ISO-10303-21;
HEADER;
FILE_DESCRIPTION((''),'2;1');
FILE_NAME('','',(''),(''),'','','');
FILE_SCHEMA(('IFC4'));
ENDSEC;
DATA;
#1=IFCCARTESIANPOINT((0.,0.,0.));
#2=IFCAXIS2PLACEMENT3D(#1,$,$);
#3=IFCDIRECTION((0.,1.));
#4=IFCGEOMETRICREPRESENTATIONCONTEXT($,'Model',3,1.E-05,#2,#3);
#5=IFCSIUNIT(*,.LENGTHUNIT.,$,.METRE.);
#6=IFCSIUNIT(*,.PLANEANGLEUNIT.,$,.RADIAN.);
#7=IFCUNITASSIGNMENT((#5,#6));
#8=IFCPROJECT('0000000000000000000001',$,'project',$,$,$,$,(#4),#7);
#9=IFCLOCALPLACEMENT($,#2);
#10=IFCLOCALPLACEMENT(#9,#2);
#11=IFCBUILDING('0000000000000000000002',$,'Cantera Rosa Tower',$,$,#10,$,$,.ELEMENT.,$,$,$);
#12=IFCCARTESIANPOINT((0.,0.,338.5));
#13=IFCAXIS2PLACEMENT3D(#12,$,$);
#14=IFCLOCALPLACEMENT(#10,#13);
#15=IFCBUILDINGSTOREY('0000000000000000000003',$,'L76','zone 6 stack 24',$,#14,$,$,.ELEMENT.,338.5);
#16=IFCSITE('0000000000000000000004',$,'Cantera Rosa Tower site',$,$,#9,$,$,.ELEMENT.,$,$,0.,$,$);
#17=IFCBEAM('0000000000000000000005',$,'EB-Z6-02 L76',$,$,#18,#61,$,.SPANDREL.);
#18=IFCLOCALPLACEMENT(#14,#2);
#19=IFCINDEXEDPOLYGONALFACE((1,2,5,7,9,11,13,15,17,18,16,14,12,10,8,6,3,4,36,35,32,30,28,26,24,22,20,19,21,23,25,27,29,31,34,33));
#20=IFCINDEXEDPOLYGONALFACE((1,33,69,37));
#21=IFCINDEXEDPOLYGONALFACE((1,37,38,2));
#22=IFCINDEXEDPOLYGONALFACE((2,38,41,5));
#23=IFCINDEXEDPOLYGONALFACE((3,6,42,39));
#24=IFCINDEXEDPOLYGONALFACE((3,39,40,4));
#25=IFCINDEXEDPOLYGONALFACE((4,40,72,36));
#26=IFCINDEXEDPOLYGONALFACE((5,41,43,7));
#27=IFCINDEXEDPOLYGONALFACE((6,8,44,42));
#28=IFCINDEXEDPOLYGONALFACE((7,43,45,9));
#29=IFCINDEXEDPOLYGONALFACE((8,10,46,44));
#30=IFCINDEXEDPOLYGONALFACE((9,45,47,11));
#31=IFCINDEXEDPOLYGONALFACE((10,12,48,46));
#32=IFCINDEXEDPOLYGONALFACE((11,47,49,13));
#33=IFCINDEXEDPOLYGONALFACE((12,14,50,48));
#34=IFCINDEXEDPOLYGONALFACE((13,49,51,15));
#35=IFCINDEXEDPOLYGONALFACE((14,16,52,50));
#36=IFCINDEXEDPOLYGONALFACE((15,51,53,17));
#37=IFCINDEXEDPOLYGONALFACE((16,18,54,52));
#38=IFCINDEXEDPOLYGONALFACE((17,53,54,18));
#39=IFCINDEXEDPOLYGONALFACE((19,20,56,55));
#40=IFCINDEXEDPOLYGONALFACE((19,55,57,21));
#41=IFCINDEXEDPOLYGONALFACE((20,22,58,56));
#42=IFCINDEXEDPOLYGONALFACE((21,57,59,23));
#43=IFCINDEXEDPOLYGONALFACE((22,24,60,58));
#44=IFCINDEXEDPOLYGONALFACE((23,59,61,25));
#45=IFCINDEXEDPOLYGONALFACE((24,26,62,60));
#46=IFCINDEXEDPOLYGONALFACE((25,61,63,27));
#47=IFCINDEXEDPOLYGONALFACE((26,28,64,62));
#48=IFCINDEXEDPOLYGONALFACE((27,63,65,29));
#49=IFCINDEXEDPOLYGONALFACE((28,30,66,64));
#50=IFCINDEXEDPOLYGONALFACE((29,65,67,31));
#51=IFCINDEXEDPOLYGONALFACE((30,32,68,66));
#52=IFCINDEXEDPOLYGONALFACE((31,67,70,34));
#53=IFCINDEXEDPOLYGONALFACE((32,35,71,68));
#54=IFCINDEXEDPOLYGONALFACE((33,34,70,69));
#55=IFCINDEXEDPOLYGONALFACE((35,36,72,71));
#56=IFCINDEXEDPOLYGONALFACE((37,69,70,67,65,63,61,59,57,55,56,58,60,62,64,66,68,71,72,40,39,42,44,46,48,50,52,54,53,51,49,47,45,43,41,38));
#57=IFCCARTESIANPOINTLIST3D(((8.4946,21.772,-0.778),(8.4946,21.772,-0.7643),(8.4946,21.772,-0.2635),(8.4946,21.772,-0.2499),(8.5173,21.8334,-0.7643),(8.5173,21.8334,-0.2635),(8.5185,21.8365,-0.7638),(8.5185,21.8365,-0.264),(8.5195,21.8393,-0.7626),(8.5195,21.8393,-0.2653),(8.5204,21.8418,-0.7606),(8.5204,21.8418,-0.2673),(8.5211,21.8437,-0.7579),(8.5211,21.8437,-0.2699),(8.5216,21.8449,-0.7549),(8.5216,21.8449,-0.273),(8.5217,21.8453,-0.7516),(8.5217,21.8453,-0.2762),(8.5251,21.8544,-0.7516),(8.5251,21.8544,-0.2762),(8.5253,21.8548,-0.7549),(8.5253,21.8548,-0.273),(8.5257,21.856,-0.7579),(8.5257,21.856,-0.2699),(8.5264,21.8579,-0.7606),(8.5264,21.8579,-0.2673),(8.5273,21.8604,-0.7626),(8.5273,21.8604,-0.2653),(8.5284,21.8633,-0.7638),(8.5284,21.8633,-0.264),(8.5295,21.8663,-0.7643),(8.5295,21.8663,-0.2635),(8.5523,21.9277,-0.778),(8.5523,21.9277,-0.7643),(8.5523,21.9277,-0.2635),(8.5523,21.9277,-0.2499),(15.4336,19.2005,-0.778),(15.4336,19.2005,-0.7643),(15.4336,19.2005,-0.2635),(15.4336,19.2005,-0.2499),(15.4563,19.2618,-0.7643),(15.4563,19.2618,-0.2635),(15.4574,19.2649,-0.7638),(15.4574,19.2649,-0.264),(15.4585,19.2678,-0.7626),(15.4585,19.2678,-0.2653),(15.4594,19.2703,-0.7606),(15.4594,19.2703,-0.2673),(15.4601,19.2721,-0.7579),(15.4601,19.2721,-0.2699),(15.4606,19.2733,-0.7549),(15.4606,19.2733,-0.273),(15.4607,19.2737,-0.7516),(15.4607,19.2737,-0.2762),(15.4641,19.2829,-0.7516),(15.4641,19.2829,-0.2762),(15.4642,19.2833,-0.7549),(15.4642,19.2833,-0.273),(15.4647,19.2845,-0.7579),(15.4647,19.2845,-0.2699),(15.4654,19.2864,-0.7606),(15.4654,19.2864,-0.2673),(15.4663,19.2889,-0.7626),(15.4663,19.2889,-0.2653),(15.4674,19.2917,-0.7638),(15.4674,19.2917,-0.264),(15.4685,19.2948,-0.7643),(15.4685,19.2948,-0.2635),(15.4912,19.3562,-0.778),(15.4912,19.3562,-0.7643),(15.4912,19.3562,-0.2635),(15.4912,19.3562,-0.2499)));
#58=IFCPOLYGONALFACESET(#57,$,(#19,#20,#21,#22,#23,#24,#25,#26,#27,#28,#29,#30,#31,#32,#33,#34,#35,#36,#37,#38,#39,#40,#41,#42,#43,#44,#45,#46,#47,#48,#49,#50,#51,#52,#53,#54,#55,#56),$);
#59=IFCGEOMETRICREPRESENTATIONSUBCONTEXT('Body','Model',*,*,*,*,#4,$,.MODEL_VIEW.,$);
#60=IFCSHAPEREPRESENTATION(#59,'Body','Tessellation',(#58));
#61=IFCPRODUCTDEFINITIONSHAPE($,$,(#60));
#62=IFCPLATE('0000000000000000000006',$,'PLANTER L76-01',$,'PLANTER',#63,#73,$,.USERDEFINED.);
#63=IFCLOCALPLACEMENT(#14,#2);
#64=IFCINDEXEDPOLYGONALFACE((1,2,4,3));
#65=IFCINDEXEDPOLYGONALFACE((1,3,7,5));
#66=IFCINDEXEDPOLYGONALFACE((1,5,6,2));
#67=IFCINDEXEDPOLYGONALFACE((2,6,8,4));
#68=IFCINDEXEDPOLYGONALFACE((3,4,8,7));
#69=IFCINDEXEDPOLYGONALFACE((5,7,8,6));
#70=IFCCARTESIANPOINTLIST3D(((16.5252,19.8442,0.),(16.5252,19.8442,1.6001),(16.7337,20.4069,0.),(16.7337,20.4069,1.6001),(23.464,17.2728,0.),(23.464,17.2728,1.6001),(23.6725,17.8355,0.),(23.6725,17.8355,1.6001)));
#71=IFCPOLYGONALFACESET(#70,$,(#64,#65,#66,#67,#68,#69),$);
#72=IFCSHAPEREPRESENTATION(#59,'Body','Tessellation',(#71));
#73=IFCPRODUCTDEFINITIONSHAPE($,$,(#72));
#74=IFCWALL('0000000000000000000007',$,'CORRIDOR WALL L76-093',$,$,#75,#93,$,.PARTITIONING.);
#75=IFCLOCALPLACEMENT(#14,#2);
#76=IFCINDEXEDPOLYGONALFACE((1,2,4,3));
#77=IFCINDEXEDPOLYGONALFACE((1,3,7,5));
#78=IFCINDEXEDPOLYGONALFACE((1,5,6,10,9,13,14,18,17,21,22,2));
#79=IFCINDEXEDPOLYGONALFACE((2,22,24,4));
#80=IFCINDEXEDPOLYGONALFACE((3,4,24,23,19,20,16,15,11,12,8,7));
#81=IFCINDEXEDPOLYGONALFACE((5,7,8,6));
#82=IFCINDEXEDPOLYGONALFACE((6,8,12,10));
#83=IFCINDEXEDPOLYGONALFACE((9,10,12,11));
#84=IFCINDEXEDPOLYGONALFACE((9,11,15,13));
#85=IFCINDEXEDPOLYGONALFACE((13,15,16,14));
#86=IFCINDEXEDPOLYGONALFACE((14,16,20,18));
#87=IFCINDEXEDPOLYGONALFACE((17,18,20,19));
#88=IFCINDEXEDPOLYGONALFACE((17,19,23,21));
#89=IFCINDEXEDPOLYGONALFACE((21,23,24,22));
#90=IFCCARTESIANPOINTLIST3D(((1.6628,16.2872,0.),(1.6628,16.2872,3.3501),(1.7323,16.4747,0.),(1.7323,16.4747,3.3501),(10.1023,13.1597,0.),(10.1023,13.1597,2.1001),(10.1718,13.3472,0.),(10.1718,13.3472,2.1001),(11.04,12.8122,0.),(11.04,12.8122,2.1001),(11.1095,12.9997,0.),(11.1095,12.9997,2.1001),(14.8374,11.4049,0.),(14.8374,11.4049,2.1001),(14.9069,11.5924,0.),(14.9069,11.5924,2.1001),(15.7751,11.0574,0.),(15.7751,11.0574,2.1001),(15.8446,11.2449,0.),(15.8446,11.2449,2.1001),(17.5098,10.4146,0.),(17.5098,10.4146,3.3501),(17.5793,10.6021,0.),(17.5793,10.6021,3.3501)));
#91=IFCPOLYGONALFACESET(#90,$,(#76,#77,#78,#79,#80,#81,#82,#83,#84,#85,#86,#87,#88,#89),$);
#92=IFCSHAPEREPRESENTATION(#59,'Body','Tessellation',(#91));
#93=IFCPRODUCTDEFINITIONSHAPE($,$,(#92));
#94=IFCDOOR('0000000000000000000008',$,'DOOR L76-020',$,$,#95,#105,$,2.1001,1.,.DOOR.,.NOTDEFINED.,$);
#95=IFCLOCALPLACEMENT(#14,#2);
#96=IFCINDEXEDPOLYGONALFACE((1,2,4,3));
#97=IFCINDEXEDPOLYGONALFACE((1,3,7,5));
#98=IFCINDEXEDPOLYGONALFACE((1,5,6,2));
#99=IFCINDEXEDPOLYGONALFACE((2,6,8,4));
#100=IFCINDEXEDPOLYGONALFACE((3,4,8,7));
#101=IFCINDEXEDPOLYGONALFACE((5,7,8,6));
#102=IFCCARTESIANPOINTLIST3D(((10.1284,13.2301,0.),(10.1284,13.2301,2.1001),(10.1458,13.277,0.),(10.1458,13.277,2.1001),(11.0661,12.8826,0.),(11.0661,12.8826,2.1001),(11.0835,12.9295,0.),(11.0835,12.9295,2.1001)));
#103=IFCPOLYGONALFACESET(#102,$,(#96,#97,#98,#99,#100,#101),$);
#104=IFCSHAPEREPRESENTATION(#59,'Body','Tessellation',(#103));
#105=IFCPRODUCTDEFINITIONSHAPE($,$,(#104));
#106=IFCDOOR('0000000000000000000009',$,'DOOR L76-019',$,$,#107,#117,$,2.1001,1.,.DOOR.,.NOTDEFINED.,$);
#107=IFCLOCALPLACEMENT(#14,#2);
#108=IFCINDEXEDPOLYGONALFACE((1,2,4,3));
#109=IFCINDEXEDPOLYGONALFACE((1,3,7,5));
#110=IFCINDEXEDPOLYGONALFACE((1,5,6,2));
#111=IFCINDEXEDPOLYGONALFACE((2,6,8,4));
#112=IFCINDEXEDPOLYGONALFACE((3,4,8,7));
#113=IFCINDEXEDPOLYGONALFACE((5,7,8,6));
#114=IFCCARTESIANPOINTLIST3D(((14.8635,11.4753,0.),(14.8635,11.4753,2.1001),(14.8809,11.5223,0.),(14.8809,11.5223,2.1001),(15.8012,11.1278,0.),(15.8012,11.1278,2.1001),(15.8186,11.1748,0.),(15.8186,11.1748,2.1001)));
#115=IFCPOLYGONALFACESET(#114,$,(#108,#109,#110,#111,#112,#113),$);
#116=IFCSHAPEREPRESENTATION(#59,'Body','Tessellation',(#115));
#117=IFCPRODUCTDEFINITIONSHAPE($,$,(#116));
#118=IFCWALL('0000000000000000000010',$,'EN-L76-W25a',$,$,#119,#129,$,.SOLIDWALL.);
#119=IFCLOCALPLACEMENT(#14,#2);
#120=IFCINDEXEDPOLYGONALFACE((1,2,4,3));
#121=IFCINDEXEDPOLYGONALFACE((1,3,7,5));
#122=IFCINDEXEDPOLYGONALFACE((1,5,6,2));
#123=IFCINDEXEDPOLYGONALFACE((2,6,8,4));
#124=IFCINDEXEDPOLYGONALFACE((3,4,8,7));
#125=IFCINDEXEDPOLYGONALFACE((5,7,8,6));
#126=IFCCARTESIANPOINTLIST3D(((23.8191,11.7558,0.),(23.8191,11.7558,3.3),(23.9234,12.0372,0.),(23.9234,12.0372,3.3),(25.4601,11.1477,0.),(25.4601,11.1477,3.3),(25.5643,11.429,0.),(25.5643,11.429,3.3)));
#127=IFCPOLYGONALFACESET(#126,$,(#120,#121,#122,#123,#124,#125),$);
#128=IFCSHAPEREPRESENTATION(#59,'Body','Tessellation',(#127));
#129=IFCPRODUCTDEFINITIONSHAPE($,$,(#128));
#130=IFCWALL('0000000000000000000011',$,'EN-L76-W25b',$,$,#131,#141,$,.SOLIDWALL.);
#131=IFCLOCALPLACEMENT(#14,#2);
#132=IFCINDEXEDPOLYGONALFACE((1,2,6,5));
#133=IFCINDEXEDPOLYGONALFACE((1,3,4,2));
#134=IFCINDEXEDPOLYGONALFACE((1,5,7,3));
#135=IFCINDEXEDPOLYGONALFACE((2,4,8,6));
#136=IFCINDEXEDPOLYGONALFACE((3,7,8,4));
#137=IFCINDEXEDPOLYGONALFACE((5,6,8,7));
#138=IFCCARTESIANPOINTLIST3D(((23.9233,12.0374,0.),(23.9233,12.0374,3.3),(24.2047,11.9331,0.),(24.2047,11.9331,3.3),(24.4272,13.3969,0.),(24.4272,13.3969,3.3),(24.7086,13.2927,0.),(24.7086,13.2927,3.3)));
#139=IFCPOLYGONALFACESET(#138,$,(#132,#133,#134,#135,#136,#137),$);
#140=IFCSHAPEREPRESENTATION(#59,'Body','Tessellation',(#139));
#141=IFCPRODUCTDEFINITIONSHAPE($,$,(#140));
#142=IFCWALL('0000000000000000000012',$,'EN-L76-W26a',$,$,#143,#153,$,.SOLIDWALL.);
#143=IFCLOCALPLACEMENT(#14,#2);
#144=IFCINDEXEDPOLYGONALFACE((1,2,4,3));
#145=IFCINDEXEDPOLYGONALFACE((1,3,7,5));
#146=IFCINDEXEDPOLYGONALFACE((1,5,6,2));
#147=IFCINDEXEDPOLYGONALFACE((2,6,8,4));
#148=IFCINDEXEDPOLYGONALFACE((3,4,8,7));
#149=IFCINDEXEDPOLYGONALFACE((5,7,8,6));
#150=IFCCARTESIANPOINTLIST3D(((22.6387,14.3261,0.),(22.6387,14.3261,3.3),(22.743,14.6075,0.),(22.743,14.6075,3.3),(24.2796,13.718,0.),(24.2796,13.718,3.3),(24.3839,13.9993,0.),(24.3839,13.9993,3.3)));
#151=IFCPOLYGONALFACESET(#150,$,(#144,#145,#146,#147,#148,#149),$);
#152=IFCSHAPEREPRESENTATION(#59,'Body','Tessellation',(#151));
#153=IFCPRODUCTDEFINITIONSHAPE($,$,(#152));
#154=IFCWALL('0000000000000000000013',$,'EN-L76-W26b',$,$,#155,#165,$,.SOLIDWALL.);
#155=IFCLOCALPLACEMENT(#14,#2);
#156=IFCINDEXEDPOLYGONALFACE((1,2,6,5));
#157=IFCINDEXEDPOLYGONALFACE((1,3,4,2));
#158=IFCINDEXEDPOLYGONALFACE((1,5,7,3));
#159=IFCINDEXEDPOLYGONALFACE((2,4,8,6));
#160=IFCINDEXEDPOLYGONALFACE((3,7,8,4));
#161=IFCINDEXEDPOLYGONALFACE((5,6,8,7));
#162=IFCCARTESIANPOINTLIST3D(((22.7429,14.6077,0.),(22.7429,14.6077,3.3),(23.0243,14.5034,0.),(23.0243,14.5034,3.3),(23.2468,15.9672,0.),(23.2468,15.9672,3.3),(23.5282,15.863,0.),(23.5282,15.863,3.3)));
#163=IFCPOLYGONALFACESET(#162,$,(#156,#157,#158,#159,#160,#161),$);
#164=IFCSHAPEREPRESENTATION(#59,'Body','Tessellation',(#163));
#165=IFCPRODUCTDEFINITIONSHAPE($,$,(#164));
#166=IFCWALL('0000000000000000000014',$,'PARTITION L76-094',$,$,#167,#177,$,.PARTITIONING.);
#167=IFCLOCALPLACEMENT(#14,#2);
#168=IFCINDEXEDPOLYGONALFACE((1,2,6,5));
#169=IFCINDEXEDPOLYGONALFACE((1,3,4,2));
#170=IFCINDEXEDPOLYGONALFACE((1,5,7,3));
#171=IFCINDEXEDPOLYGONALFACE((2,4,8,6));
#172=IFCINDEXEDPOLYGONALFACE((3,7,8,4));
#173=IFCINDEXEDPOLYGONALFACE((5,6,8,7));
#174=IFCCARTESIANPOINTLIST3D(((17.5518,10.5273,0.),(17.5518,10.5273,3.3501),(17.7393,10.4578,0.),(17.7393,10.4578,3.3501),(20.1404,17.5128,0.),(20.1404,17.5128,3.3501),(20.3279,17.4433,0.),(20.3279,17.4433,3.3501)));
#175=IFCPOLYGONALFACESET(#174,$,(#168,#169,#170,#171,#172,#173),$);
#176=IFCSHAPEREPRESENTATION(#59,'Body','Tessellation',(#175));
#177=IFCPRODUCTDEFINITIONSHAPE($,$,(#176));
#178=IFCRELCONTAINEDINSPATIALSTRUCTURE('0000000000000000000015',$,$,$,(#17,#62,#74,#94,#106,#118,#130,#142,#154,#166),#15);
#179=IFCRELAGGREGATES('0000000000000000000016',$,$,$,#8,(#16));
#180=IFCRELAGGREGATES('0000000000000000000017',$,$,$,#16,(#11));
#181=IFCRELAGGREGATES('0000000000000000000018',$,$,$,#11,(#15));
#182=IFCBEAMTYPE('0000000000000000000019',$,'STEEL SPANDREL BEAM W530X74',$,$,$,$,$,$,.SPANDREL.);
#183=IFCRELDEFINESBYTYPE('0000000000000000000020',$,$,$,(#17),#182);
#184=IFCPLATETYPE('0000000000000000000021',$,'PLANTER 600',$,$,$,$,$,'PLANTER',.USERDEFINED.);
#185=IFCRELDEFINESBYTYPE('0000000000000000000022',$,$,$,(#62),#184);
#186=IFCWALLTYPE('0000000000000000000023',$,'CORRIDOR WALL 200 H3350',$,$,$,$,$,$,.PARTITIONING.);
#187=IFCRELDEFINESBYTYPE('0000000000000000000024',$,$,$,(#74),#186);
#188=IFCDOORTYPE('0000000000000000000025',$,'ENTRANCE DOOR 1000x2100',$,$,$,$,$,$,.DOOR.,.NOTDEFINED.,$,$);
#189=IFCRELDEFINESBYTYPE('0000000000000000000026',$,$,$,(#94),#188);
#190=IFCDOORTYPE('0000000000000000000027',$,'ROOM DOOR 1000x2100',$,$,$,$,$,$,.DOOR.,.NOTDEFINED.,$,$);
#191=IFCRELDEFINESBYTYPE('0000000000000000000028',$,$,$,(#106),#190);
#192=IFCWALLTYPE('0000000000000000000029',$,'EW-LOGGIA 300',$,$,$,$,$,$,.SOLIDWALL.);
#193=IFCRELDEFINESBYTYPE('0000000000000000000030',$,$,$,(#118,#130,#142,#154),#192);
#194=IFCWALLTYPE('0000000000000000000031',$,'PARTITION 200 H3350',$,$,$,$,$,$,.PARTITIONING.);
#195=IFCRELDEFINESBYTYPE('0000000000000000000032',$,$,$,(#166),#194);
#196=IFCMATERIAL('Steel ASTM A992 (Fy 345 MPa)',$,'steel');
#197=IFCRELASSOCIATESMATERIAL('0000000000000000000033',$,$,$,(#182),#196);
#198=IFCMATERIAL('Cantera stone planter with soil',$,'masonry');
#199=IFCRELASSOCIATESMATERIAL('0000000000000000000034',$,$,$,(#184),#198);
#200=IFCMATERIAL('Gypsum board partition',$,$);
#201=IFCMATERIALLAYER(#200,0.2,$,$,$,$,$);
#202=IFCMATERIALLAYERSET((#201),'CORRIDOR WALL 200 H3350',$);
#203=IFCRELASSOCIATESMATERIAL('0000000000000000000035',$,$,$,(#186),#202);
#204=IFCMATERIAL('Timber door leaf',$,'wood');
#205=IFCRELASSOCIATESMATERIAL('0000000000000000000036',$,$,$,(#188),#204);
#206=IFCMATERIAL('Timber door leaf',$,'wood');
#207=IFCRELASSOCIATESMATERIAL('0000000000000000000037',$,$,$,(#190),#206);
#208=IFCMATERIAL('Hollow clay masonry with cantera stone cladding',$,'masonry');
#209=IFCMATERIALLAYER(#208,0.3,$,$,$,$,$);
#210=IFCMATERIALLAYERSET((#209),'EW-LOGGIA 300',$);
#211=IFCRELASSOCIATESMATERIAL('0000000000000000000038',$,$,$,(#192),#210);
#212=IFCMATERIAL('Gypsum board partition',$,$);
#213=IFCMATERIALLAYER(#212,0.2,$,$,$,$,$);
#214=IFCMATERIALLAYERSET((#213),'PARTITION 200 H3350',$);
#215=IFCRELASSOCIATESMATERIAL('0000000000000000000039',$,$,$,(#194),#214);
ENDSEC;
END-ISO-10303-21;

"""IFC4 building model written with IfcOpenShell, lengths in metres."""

from ifc_helpers import new_model, si_unit, direction, frame, frame_2d, origin, origin_2d, place, context, subcontext, project, spatial, rectangle, i_section, extrude, material, layer, layer_set, material_profile, profile_set, type_object, element, fill, save


model = new_model("IFC4")

# Units and contexts
model_context = context("Model", 3, precision=1e-05, world=origin(), true_north=direction((0.0, 1.0)))
body_context = subcontext(model_context, "Body", "Model", "MODEL_VIEW")
ifc_project = project(units=[si_unit("LENGTHUNIT", "METRE"), si_unit("PLANEANGLEUNIT", "RADIAN")], contexts=[model_context])

# Site, building, storey
site_placement = place(None, origin())
site = spatial("IfcSite", under=ifc_project, at=site_placement, Name="Cantera Rosa Tower site", CompositionType="ELEMENT", RefElevation=0.0)
building_placement = place(site_placement, origin())
building = spatial("IfcBuilding", under=site, at=building_placement, Name="Cantera Rosa Tower", CompositionType="ELEMENT")
storey_placement = place(building_placement, frame((0.0, 0.0, 338.5)))
storey = spatial("IfcBuildingStorey", under=building, at=storey_placement, Name="L76", Description="zone 6 stack 24", CompositionType="ELEMENT", Elevation=338.5)

# Beam
ifc_material_1 = material(Name="Steel ASTM A992 (Fy 345 MPa)", Category="steel")
ifc_material_profile_1 = material_profile(ifc_material_1, i_section(OverallWidth=0.166, OverallDepth=0.5281, WebThickness=0.0098, FlangeThickness=0.0137, FilletRadius=0.0127, at=origin_2d()), Name="W530X74")
ifc_profile_set_1 = profile_set([ifc_material_profile_1], Name="Steel ASTM A992 (Fy 345 MPa)")
beam_type_1 = type_object("IfcBeamType", Name="STEEL SPANDREL BEAM W530X74", PredefinedType="SPANDREL", material=ifc_profile_set_1)
beam_1_placement = place(storey_placement, frame((15.4624, 19.2783, -0.5139), z_axis=(-0.937681, 0.347498, 0.0), x_axis=(-0.347498, -0.937681, 0.0)))
element("IfcBeam", 1, at=beam_1_placement, inside=storey, type_object=beam_type_1, Name="EB-Z6-02 L76", PredefinedType="SPANDREL", context=body_context, shape_type="SweptSolid", body=[
    extrude(i_section(OverallWidth=0.166, OverallDepth=0.5281, WebThickness=0.0098, FlangeThickness=0.0137, FilletRadius=0.0127, at=origin_2d()), origin(), (0.0, 0.0, 1.0), 7.4001),
])

# Plate
ifc_material_2 = material(Name="Cantera stone planter with soil", Category="masonry")
plate_type = type_object("IfcPlateType", Name="PLANTER 600", ElementType="PLANTER", PredefinedType="USERDEFINED", material=ifc_material_2)
plate_placement = place(storey_placement, frame((20.0989, 18.8398, 0.0), z_axis=(0.0, 0.0, 1.0), x_axis=(-0.937687, 0.347481, 0.0)))
element("IfcPlate", 2, at=plate_placement, inside=storey, type_object=plate_type, Name="PLANTER L76-01", ObjectType="PLANTER", PredefinedType="USERDEFINED", context=body_context, shape_type="SweptSolid", body=[
    extrude(rectangle(XDim=7.3999, YDim=0.6001, at=origin_2d()), origin(), (0.0, 0.0, 1.0), 1.6001),
])

# Wall, openings, doors
ifc_material_3 = material(Name="Gypsum board partition")
ifc_layer_1 = layer(ifc_material_3, 0.2)
ifc_layer_set_1 = layer_set([ifc_layer_1], Name="CORRIDOR WALL 200 H3350")
wall_type_1 = type_object("IfcWallType", Name="CORRIDOR WALL 200 H3350", PredefinedType="PARTITIONING", material=ifc_layer_set_1)
wall_1_placement = place(storey_placement, frame((17.5447, 10.5083, 0.0), z_axis=(0.0, 0.0, 1.0), x_axis=(-0.937685, 0.347487, 0.0)))
wall_1 = element("IfcWall", 3, at=wall_1_placement, inside=storey, type_object=wall_type_1, Name="CORRIDOR WALL L76-093", PredefinedType="PARTITIONING", context=body_context, shape_type="SweptSolid", body=[
    extrude(rectangle(XDim=16.9001, YDim=0.2, at=frame_2d((8.4502, 0.0))), origin(), (0.0, 0.0, 1.0), 3.3501),
])
opening_1_placement = place(wall_1_placement, frame((1.8501, 0.0, 0.0)))
opening_1 = element("IfcOpeningElement", 4, at=opening_1_placement, cuts=wall_1, PredefinedType="OPENING", context=body_context, shape_type="SweptSolid", body=[
    extrude(rectangle(XDim=1.0, YDim=2.1001, at=frame_2d((0.5, 1.05))), frame((0.0, 0.1099, 0.0), z_axis=(0.0, -1.0, 0.0), x_axis=(1.0, 0.0, 0.0)), (0.0, 0.0, 1.0), 0.22),
])
opening_2_placement = place(wall_1_placement, frame((6.8999, 0.0, 0.0)))
opening_2 = element("IfcOpeningElement", 5, at=opening_2_placement, cuts=wall_1, PredefinedType="OPENING", context=body_context, shape_type="SweptSolid", body=[
    extrude(rectangle(XDim=1.0, YDim=2.1001, at=frame_2d((0.5, 1.05))), frame((0.0, 0.1099, 0.0), z_axis=(0.0, -1.0, 0.0), x_axis=(1.0, 0.0, 0.0)), (0.0, 0.0, 1.0), 0.22),
])
ifc_material_4 = material(Name="Timber door leaf", Category="wood")
door_type_1 = type_object("IfcDoorType", Name="ENTRANCE DOOR 1000x2100", OperationType="NOTDEFINED", PredefinedType="DOOR", material=ifc_material_4)
door_1_placement = place(opening_2_placement, origin())
door_1 = element("IfcDoor", 6, at=door_1_placement, inside=storey, type_object=door_type_1, Name="DOOR L76-020", OperationType="NOTDEFINED", OverallHeight=2.1001, OverallWidth=1.0, PredefinedType="DOOR", context=body_context, shape_type="SweptSolid", body=[
    extrude(rectangle(XDim=1.0, YDim=2.1001, at=frame_2d((0.5, 1.05))), frame((0.0, 0.0249, 0.0), z_axis=(0.0, -1.0, 0.0), x_axis=(1.0, 0.0, 0.0)), (0.0, 0.0, 1.0), 0.05),
])
fill(opening_2, door_1)
ifc_material_5 = material(Name="Timber door leaf", Category="wood")
door_type_2 = type_object("IfcDoorType", Name="ROOM DOOR 1000x2100", OperationType="NOTDEFINED", PredefinedType="DOOR", material=ifc_material_5)
door_2_placement = place(opening_1_placement, origin())
door_2 = element("IfcDoor", 7, at=door_2_placement, inside=storey, type_object=door_type_2, Name="DOOR L76-019", OperationType="NOTDEFINED", OverallHeight=2.1001, OverallWidth=1.0, PredefinedType="DOOR", context=body_context, shape_type="SweptSolid", body=[
    extrude(rectangle(XDim=1.0, YDim=2.1001, at=frame_2d((0.5, 1.05))), frame((0.0, 0.0249, 0.0), z_axis=(0.0, -1.0, 0.0), x_axis=(1.0, 0.0, 0.0)), (0.0, 0.0, 1.0), 0.05),
])
fill(opening_1, door_2)

# Walls
ifc_material_6 = material(Name="Hollow clay masonry with cantera stone cladding", Category="masonry")
ifc_layer_2 = layer(ifc_material_6, 0.3)
ifc_layer_set_2 = layer_set([ifc_layer_2], Name="EW-LOGGIA 300")
wall_type_2 = type_object("IfcWallType", Name="EW-LOGGIA 300", PredefinedType="SOLIDWALL", material=ifc_layer_set_2)
wall_2_placement = place(storey_placement, frame((25.5122, 11.2883, 0.0), z_axis=(0.0, 0.0, 1.0), x_axis=(-0.93767, 0.347528, 0.0)))
element("IfcWall", 8, at=wall_2_placement, inside=storey, type_object=wall_type_2, Name="EN-L76-W25a", PredefinedType="SOLIDWALL", context=body_context, shape_type="SweptSolid", body=[
    extrude(rectangle(XDim=1.75, YDim=0.3, at=frame_2d((0.875, 0.0))), origin(), (0.0, 0.0, 1.0), 3.3),
])
wall_3_placement = place(storey_placement, frame((24.064, 11.9851, 0.0), z_axis=(0.0, 0.0, 1.0), x_axis=(0.347523, 0.937672, 0.0)))
element("IfcWall", 9, at=wall_3_placement, inside=storey, type_object=wall_type_2, Name="EN-L76-W25b", PredefinedType="SOLIDWALL", context=body_context, shape_type="SweptSolid", body=[
    extrude(rectangle(XDim=1.45, YDim=0.3, at=frame_2d((0.7251, 0.0))), origin(), (0.0, 0.0, 1.0), 3.3),
])
wall_4_placement = place(storey_placement, frame((24.3318, 13.8586, 0.0), z_axis=(0.0, 0.0, 1.0), x_axis=(-0.93767, 0.347528, 0.0)))
element("IfcWall", 10, at=wall_4_placement, inside=storey, type_object=wall_type_2, Name="EN-L76-W26a", PredefinedType="SOLIDWALL", context=body_context, shape_type="SweptSolid", body=[
    extrude(rectangle(XDim=1.75, YDim=0.3, at=frame_2d((0.875, 0.0))), origin(), (0.0, 0.0, 1.0), 3.3),
])
wall_5_placement = place(storey_placement, frame((22.8835, 14.5554, 0.0), z_axis=(0.0, 0.0, 1.0), x_axis=(0.347523, 0.937672, 0.0)))
element("IfcWall", 11, at=wall_5_placement, inside=storey, type_object=wall_type_2, Name="EN-L76-W26b", PredefinedType="SOLIDWALL", context=body_context, shape_type="SweptSolid", body=[
    extrude(rectangle(XDim=1.45, YDim=0.3, at=frame_2d((0.7251, 0.0))), origin(), (0.0, 0.0, 1.0), 3.3),
])

# Wall
ifc_material_7 = material(Name="Gypsum board partition")
ifc_layer_3 = layer(ifc_material_7, 0.2)
ifc_layer_set_3 = layer_set([ifc_layer_3], Name="PARTITION 200 H3350")
wall_type_3 = type_object("IfcWallType", Name="PARTITION 200 H3350", PredefinedType="PARTITIONING", material=ifc_layer_set_3)
wall_6_placement = place(storey_placement, frame((20.2341, 17.478, 0.0), z_axis=(0.0, 0.0, 1.0), x_axis=(-0.347476, -0.937689, 0.0)))
element("IfcWall", 12, at=wall_6_placement, inside=storey, type_object=wall_type_3, Name="PARTITION L76-094", PredefinedType="PARTITIONING", context=body_context, shape_type="SweptSolid", body=[
    extrude(rectangle(XDim=7.4497, YDim=0.2, at=frame_2d((3.7249, 0.0))), origin(), (0.0, 0.0, 1.0), 3.3501),
])

save(model, "model.ifc")
